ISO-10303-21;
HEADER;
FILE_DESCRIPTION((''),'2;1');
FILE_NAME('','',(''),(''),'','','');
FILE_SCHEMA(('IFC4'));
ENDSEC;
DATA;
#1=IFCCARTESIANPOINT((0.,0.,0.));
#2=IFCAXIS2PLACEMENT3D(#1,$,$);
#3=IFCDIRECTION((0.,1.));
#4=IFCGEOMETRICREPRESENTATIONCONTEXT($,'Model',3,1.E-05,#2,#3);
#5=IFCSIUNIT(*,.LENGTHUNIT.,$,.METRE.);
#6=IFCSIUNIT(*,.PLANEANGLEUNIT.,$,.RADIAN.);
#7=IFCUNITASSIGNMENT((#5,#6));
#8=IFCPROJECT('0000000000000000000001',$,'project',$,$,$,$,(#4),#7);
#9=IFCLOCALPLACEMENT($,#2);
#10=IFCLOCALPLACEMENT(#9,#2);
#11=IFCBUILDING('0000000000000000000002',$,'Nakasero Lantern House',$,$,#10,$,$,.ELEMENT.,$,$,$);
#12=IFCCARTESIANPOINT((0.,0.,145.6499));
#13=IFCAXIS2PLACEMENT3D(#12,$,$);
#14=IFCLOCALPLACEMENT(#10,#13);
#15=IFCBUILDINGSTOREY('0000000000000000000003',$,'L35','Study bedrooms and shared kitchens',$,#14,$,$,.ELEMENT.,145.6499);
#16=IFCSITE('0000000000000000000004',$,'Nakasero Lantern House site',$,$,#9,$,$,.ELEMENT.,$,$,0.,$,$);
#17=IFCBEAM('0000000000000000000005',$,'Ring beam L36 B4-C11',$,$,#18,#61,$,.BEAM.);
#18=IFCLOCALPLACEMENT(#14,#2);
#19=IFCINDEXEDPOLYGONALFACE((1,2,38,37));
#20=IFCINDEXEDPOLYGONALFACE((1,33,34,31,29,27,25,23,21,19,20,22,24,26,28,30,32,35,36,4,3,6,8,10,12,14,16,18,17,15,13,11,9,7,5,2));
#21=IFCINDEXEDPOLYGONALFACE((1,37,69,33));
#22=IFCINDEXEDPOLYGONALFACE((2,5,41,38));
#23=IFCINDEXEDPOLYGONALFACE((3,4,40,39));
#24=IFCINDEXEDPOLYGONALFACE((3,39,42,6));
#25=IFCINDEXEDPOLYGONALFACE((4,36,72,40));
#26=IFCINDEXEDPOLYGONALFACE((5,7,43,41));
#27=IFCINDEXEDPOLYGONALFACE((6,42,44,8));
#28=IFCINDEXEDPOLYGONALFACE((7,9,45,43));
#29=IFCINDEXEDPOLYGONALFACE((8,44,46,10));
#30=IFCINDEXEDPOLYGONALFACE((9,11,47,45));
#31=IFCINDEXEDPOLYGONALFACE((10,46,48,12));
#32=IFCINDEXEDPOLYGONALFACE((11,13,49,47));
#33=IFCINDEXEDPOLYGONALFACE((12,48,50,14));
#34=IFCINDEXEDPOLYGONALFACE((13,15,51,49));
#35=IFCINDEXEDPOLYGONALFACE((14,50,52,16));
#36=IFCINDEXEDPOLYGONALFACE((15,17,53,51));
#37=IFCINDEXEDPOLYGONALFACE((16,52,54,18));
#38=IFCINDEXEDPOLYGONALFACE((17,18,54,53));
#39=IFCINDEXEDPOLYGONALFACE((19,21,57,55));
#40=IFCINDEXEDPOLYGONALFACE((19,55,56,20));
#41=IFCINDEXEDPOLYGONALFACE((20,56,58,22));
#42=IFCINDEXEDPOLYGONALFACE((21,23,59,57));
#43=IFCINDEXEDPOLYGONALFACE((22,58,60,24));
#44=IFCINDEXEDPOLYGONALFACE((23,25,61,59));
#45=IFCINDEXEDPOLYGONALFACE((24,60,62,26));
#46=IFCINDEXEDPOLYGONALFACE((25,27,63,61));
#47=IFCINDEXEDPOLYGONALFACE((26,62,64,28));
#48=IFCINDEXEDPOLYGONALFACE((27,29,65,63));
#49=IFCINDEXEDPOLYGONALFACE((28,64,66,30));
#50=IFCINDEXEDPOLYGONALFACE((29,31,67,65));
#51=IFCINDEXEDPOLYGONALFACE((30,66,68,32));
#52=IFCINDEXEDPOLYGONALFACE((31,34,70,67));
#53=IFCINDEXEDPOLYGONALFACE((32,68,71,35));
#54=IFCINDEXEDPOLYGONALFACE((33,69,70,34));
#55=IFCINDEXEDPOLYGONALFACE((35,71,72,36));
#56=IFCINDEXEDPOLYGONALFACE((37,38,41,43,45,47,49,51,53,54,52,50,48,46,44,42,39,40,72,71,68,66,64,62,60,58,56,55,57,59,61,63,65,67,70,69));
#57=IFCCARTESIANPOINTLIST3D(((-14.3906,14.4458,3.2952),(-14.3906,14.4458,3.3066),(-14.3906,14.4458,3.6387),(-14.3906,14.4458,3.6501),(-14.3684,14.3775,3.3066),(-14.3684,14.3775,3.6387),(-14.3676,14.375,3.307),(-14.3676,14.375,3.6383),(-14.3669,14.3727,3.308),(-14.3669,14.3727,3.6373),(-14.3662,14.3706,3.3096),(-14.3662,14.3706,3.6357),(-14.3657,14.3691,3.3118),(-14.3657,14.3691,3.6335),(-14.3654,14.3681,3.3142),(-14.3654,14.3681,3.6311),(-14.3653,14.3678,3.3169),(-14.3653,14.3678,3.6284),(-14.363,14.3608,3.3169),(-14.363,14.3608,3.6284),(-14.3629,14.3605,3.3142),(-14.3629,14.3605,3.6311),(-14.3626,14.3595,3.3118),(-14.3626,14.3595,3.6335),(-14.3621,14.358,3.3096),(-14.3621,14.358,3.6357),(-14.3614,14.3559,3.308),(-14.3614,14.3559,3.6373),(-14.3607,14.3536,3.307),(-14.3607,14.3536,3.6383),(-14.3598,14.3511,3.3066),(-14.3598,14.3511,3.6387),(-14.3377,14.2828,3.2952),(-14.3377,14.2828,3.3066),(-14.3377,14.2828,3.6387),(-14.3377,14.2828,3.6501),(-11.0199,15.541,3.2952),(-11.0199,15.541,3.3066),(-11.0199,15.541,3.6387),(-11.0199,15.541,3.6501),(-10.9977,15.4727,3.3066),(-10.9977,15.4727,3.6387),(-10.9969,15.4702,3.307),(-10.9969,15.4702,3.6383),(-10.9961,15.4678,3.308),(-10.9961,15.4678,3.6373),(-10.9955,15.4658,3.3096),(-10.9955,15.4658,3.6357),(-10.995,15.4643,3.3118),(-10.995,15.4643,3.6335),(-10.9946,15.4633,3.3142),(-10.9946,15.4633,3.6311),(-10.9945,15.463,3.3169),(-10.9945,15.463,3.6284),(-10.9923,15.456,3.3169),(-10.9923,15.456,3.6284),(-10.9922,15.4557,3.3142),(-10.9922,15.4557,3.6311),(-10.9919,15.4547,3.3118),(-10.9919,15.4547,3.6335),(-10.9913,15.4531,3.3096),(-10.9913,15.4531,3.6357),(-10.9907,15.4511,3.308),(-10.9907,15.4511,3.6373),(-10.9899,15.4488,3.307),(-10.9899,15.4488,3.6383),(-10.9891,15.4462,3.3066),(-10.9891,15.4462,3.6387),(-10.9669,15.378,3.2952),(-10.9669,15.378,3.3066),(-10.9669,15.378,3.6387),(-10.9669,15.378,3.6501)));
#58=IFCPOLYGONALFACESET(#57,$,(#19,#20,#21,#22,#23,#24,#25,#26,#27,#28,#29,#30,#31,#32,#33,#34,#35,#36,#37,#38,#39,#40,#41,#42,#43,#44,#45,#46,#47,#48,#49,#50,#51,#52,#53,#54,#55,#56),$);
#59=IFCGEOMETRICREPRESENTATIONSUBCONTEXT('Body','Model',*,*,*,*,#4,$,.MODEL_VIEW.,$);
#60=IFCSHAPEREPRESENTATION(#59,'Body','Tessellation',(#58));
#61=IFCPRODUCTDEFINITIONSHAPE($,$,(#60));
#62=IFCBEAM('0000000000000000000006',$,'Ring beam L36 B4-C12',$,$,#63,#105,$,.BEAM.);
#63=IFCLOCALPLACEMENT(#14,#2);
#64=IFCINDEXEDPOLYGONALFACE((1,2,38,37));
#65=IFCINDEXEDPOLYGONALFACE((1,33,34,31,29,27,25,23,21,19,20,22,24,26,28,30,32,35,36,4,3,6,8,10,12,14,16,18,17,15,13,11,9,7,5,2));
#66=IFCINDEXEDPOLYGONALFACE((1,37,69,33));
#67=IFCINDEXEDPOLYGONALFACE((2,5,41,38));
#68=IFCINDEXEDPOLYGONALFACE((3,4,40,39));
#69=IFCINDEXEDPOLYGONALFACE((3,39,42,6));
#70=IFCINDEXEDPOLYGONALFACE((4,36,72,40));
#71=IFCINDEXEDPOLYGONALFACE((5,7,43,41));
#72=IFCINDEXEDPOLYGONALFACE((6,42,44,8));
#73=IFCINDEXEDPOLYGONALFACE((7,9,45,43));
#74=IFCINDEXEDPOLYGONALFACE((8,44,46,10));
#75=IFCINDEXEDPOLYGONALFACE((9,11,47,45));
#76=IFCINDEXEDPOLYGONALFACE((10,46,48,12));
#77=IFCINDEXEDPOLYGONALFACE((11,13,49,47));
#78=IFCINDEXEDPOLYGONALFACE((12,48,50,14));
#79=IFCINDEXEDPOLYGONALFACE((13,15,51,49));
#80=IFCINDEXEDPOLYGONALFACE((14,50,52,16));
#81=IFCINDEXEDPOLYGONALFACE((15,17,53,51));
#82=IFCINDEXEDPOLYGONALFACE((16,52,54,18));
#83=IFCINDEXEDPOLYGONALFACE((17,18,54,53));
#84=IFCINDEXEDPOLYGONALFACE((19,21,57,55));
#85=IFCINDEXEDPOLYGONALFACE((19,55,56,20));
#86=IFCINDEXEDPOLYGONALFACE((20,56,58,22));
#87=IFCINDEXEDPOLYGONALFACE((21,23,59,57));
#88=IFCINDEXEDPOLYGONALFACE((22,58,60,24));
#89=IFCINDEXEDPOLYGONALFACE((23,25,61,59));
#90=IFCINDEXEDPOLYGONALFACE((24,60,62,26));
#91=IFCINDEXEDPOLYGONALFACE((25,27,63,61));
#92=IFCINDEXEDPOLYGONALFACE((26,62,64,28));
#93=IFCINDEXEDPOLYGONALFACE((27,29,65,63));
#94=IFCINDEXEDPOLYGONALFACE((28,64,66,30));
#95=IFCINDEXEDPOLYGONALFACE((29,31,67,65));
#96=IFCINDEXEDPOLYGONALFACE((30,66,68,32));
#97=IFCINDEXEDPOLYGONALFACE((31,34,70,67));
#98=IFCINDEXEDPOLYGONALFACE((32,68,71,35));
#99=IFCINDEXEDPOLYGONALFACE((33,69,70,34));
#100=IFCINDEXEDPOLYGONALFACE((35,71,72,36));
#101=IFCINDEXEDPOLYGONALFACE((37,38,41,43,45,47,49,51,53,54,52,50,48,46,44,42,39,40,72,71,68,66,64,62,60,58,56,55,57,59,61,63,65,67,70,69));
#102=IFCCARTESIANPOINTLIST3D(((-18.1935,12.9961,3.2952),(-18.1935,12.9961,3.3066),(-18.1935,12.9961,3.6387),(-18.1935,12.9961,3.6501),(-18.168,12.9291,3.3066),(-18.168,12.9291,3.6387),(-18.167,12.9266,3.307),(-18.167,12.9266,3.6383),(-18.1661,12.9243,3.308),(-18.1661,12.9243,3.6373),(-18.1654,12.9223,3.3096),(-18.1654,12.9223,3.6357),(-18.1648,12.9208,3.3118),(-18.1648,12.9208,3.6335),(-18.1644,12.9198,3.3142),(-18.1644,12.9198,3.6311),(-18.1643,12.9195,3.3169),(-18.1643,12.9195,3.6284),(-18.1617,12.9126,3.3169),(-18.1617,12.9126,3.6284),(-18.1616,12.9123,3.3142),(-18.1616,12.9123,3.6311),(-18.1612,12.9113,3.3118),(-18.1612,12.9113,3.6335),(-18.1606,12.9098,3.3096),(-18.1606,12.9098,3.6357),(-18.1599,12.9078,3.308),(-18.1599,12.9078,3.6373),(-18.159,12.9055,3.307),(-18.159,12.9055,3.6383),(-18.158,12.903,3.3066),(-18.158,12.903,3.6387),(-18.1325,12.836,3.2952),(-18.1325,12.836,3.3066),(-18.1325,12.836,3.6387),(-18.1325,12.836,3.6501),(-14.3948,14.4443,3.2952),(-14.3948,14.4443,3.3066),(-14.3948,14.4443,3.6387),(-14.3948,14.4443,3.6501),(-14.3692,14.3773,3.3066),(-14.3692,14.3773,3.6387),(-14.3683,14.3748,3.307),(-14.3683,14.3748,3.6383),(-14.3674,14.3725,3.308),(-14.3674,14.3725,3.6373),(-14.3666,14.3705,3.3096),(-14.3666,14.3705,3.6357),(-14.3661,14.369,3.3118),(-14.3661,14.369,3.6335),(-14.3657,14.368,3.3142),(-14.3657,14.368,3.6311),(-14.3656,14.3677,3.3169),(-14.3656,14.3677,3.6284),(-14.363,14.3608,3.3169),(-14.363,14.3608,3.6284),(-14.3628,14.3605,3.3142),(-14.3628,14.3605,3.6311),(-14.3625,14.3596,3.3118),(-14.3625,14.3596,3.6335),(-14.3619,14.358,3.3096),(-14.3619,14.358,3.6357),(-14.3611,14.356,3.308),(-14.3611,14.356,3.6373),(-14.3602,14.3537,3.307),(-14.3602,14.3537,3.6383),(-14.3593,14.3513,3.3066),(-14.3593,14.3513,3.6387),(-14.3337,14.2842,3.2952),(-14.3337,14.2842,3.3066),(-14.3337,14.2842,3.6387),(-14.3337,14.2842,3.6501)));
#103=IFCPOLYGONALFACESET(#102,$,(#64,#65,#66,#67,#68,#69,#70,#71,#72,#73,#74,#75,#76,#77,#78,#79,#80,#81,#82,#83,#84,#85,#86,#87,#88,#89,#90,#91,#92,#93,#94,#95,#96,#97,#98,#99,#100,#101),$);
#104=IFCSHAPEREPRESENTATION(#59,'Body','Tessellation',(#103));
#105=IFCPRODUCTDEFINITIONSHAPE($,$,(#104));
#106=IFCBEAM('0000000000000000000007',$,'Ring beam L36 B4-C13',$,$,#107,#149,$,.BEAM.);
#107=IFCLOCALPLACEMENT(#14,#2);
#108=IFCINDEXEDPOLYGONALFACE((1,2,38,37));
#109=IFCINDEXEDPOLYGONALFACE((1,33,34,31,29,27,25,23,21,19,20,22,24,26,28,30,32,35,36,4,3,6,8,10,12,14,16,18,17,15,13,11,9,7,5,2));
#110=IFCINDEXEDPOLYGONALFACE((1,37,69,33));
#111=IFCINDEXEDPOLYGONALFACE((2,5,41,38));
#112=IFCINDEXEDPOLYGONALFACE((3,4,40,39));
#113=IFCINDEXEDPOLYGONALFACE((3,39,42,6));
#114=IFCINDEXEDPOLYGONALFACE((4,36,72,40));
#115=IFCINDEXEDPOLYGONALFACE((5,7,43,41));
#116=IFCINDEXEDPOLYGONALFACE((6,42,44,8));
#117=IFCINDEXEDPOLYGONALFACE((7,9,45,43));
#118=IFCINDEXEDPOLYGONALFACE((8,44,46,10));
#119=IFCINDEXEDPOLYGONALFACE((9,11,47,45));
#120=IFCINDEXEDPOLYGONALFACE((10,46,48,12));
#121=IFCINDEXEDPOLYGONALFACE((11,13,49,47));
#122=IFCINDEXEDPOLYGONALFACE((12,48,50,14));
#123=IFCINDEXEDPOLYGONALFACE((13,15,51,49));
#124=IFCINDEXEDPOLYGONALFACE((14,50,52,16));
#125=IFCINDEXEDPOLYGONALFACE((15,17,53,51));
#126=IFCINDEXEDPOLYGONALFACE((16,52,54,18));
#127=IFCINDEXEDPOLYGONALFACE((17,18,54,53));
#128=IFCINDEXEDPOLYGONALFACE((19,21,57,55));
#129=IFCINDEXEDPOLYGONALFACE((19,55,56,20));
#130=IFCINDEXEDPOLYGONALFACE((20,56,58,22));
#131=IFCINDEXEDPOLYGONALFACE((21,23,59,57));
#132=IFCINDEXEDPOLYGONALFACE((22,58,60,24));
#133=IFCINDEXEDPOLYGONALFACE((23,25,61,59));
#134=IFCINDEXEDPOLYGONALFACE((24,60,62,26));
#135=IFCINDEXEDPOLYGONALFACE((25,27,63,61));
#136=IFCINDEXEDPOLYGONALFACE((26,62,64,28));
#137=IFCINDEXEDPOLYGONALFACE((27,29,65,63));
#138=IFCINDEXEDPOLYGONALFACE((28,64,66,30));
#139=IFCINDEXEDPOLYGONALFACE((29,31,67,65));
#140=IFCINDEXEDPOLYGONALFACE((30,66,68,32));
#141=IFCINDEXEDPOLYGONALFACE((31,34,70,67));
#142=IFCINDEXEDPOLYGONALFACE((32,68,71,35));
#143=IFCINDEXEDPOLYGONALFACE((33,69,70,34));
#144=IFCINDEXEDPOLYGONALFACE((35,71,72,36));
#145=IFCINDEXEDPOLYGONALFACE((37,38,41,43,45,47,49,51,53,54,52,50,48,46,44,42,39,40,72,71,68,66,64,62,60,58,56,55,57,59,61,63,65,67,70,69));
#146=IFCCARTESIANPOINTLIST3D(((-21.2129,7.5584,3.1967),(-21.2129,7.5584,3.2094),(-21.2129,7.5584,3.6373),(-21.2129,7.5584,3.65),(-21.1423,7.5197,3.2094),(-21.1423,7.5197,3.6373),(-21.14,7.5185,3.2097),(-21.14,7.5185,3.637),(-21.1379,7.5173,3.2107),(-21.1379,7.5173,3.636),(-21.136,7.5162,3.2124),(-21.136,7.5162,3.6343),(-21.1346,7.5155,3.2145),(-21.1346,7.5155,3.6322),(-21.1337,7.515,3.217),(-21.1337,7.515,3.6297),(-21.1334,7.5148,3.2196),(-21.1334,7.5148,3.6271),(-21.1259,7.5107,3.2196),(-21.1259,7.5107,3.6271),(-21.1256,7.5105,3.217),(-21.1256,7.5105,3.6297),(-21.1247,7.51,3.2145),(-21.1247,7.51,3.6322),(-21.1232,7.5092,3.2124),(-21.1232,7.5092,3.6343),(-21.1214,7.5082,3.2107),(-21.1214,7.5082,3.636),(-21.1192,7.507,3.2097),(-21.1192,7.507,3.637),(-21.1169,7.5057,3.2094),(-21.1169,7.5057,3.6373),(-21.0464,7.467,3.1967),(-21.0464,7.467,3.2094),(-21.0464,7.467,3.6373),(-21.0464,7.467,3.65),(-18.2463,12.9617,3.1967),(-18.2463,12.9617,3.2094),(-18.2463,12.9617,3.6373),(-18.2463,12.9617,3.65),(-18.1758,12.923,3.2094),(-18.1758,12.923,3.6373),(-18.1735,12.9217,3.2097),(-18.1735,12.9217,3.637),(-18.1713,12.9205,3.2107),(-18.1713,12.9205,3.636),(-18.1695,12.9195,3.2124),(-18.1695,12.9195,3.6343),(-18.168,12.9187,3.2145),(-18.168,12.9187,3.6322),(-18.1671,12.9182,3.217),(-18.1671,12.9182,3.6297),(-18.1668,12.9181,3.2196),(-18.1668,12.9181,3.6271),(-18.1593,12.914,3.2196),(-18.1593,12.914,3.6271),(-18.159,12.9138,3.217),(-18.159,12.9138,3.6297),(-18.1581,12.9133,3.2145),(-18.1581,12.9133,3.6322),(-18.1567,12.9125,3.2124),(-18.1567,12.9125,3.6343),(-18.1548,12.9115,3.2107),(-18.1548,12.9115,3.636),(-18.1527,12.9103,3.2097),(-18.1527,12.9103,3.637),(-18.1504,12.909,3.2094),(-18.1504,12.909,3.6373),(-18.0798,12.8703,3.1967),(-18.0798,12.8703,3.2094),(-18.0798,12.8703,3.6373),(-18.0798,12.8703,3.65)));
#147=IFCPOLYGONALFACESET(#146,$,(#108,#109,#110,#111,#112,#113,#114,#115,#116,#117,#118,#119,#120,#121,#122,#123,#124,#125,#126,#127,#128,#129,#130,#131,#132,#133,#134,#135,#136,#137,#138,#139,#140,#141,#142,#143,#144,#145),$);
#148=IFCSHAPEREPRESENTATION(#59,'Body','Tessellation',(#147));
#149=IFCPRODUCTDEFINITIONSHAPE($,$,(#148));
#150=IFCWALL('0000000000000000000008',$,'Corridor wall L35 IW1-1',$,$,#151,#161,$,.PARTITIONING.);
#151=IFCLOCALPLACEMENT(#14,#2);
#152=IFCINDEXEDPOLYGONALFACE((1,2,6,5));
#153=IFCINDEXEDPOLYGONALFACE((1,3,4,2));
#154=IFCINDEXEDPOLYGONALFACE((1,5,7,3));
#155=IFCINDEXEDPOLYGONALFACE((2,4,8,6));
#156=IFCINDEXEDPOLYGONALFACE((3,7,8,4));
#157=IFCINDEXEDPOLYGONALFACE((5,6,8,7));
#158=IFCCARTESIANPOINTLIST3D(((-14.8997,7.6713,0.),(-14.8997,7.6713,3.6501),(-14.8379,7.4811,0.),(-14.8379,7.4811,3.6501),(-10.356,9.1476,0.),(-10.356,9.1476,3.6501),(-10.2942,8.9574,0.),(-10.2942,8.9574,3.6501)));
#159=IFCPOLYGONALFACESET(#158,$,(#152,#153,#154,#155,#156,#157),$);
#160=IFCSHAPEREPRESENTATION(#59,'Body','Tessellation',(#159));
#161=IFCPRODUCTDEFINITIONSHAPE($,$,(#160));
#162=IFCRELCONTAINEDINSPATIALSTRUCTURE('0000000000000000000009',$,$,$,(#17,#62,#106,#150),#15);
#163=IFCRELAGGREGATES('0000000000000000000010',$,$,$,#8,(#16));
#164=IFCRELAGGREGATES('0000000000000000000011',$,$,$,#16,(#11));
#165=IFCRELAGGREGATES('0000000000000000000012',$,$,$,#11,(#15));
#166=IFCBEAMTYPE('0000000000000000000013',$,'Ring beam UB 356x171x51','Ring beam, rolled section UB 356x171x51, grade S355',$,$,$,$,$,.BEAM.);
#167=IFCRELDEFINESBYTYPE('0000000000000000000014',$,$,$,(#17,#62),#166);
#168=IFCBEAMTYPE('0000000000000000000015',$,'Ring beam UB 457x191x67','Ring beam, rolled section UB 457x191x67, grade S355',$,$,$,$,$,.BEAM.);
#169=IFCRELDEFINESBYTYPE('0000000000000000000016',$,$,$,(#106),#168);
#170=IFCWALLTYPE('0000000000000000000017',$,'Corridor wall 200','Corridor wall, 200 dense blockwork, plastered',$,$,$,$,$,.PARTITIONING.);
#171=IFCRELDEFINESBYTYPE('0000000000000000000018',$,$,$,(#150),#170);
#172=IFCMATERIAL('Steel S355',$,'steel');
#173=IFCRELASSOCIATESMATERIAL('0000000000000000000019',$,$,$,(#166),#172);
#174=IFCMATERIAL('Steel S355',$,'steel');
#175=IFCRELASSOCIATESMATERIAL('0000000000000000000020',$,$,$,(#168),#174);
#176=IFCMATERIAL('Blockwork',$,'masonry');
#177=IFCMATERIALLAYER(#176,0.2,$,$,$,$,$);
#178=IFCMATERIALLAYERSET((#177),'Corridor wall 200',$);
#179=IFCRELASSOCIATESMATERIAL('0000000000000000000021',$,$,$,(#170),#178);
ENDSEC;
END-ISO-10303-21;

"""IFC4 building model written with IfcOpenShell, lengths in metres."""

from ifc_helpers import new_model, si_unit, direction, frame, frame_2d, origin, origin_2d, place, context, subcontext, project, spatial, rectangle, i_section, extrude, material, layer, layer_set, material_profile, profile_set, type_object, element, save


model = new_model("IFC4")

# Units and contexts
model_context = context("Model", 3, precision=1e-05, world=origin(), true_north=direction((0.0, 1.0)))
body_context = subcontext(model_context, "Body", "Model", "MODEL_VIEW")
ifc_project = project(units=[si_unit("LENGTHUNIT", "METRE"), si_unit("PLANEANGLEUNIT", "RADIAN")], contexts=[model_context])

# Site, building, storey
site_placement = place(None, origin())
site = spatial("IfcSite", under=ifc_project, at=site_placement, Name="Nakasero Lantern House site", CompositionType="ELEMENT", RefElevation=0.0)
building_placement = place(site_placement, origin())
building = spatial("IfcBuilding", under=site, at=building_placement, Name="Nakasero Lantern House", CompositionType="ELEMENT")
storey_placement = place(building_placement, frame((0.0, 0.0, 145.6499)))
storey = spatial("IfcBuildingStorey", under=building, at=storey_placement, Name="L35", Description="Study bedrooms and shared kitchens", CompositionType="ELEMENT", Elevation=145.6499)

# Beams
ifc_material_1 = material(Name="Steel S355", Category="steel")
ifc_material_profile_1 = material_profile(ifc_material_1, i_section(OverallWidth=0.1714, OverallDepth=0.355, WebThickness=0.0073, FlangeThickness=0.0115, FilletRadius=0.0103, at=origin_2d()), Name="UB 356x171x51")
ifc_profile_set_1 = profile_set([ifc_material_profile_1], Name="Steel S355")
beam_type_1 = type_object("IfcBeamType", Name="Ring beam UB 356x171x51", Description="Ring beam, rolled section UB 356x171x51, grade S355", PredefinedType="BEAM", material=ifc_profile_set_1)
beam_1_placement = place(storey_placement, frame((-10.9934, 15.4595, 3.4727), z_axis=(-0.95106, -0.309007, 0.0), x_axis=(0.309007, -0.95106, 0.0)))
element("IfcBeam", 1, at=beam_1_placement, inside=storey, type_object=beam_type_1, Name="Ring beam L36 B4-C11", PredefinedType="BEAM", context=body_context, shape_type="SweptSolid", body=[
    extrude(i_section(OverallWidth=0.1714, OverallDepth=0.355, WebThickness=0.0073, FlangeThickness=0.0115, FilletRadius=0.0103, at=origin_2d()), origin(), (0.0, 0.0, 1.0), 3.5442),
])
beam_2_placement = place(storey_placement, frame((-14.3643, 14.3643, 3.4727), z_axis=(-0.9344, -0.356225, 0.0), x_axis=(0.356225, -0.9344, 0.0)))
element("IfcBeam", 2, at=beam_2_placement, inside=storey, type_object=beam_type_1, Name="Ring beam L36 B4-C12", PredefinedType="BEAM", context=body_context, shape_type="SweptSolid", body=[
    extrude(i_section(OverallWidth=0.1714, OverallDepth=0.355, WebThickness=0.0073, FlangeThickness=0.0115, FilletRadius=0.0103, at=origin_2d()), origin(), (0.0, 0.0, 1.0), 4.0654),
])
ifc_material_2 = material(Name="Steel S355", Category="steel")
ifc_material_profile_2 = material_profile(ifc_material_2, i_section(OverallWidth=0.1899, OverallDepth=0.4534, WebThickness=0.0085, FlangeThickness=0.0127, FilletRadius=0.0103, at=origin_2d()), Name="UB 457x191x67")
ifc_profile_set_2 = profile_set([ifc_material_profile_2], Name="Steel S355")
beam_type_2 = type_object("IfcBeamType", Name="Ring beam UB 457x191x67", Description="Ring beam, rolled section UB 457x191x67, grade S355", PredefinedType="BEAM", material=ifc_profile_set_2)
beam_3_placement = place(storey_placement, frame((-18.1631, 12.916, 3.4233), z_axis=(-0.481262, -0.876577, 0.0), x_axis=(0.876577, -0.481262, 0.0)))
element("IfcBeam", 3, at=beam_3_placement, inside=storey, type_object=beam_type_2, Name="Ring beam L36 B4-C13", PredefinedType="BEAM", context=body_context, shape_type="SweptSolid", body=[
    extrude(i_section(OverallWidth=0.1899, OverallDepth=0.4534, WebThickness=0.0085, FlangeThickness=0.0127, FilletRadius=0.0103, at=origin_2d()), origin(), (0.0, 0.0, 1.0), 6.1641),
])

# Wall
ifc_material_3 = material(Name="Blockwork", Category="masonry")
ifc_layer_1 = layer(ifc_material_3, 0.2)
ifc_layer_set_1 = layer_set([ifc_layer_1], Name="Corridor wall 200")
wall_type_1 = type_object("IfcWallType", Name="Corridor wall 200", Description="Corridor wall, 200 dense blockwork, plastered", PredefinedType="PARTITIONING", material=ifc_layer_set_1)
wall_1_placement = place(storey_placement, frame((-10.3252, 9.0525, 0.0), z_axis=(0.0, 0.0, 1.0), x_axis=(-0.951058, -0.309013, 0.0)))
element("IfcWall", 4, at=wall_1_placement, inside=storey, type_object=wall_type_1, Name="Corridor wall L35 IW1-1", PredefinedType="PARTITIONING", context=body_context, shape_type="SweptSolid", body=[
    extrude(rectangle(XDim=4.7776, YDim=0.2, at=frame_2d((2.3887, 0.0))), origin(), (0.0, 0.0, 1.0), 3.6501),
])

save(model, "model.ifc")
